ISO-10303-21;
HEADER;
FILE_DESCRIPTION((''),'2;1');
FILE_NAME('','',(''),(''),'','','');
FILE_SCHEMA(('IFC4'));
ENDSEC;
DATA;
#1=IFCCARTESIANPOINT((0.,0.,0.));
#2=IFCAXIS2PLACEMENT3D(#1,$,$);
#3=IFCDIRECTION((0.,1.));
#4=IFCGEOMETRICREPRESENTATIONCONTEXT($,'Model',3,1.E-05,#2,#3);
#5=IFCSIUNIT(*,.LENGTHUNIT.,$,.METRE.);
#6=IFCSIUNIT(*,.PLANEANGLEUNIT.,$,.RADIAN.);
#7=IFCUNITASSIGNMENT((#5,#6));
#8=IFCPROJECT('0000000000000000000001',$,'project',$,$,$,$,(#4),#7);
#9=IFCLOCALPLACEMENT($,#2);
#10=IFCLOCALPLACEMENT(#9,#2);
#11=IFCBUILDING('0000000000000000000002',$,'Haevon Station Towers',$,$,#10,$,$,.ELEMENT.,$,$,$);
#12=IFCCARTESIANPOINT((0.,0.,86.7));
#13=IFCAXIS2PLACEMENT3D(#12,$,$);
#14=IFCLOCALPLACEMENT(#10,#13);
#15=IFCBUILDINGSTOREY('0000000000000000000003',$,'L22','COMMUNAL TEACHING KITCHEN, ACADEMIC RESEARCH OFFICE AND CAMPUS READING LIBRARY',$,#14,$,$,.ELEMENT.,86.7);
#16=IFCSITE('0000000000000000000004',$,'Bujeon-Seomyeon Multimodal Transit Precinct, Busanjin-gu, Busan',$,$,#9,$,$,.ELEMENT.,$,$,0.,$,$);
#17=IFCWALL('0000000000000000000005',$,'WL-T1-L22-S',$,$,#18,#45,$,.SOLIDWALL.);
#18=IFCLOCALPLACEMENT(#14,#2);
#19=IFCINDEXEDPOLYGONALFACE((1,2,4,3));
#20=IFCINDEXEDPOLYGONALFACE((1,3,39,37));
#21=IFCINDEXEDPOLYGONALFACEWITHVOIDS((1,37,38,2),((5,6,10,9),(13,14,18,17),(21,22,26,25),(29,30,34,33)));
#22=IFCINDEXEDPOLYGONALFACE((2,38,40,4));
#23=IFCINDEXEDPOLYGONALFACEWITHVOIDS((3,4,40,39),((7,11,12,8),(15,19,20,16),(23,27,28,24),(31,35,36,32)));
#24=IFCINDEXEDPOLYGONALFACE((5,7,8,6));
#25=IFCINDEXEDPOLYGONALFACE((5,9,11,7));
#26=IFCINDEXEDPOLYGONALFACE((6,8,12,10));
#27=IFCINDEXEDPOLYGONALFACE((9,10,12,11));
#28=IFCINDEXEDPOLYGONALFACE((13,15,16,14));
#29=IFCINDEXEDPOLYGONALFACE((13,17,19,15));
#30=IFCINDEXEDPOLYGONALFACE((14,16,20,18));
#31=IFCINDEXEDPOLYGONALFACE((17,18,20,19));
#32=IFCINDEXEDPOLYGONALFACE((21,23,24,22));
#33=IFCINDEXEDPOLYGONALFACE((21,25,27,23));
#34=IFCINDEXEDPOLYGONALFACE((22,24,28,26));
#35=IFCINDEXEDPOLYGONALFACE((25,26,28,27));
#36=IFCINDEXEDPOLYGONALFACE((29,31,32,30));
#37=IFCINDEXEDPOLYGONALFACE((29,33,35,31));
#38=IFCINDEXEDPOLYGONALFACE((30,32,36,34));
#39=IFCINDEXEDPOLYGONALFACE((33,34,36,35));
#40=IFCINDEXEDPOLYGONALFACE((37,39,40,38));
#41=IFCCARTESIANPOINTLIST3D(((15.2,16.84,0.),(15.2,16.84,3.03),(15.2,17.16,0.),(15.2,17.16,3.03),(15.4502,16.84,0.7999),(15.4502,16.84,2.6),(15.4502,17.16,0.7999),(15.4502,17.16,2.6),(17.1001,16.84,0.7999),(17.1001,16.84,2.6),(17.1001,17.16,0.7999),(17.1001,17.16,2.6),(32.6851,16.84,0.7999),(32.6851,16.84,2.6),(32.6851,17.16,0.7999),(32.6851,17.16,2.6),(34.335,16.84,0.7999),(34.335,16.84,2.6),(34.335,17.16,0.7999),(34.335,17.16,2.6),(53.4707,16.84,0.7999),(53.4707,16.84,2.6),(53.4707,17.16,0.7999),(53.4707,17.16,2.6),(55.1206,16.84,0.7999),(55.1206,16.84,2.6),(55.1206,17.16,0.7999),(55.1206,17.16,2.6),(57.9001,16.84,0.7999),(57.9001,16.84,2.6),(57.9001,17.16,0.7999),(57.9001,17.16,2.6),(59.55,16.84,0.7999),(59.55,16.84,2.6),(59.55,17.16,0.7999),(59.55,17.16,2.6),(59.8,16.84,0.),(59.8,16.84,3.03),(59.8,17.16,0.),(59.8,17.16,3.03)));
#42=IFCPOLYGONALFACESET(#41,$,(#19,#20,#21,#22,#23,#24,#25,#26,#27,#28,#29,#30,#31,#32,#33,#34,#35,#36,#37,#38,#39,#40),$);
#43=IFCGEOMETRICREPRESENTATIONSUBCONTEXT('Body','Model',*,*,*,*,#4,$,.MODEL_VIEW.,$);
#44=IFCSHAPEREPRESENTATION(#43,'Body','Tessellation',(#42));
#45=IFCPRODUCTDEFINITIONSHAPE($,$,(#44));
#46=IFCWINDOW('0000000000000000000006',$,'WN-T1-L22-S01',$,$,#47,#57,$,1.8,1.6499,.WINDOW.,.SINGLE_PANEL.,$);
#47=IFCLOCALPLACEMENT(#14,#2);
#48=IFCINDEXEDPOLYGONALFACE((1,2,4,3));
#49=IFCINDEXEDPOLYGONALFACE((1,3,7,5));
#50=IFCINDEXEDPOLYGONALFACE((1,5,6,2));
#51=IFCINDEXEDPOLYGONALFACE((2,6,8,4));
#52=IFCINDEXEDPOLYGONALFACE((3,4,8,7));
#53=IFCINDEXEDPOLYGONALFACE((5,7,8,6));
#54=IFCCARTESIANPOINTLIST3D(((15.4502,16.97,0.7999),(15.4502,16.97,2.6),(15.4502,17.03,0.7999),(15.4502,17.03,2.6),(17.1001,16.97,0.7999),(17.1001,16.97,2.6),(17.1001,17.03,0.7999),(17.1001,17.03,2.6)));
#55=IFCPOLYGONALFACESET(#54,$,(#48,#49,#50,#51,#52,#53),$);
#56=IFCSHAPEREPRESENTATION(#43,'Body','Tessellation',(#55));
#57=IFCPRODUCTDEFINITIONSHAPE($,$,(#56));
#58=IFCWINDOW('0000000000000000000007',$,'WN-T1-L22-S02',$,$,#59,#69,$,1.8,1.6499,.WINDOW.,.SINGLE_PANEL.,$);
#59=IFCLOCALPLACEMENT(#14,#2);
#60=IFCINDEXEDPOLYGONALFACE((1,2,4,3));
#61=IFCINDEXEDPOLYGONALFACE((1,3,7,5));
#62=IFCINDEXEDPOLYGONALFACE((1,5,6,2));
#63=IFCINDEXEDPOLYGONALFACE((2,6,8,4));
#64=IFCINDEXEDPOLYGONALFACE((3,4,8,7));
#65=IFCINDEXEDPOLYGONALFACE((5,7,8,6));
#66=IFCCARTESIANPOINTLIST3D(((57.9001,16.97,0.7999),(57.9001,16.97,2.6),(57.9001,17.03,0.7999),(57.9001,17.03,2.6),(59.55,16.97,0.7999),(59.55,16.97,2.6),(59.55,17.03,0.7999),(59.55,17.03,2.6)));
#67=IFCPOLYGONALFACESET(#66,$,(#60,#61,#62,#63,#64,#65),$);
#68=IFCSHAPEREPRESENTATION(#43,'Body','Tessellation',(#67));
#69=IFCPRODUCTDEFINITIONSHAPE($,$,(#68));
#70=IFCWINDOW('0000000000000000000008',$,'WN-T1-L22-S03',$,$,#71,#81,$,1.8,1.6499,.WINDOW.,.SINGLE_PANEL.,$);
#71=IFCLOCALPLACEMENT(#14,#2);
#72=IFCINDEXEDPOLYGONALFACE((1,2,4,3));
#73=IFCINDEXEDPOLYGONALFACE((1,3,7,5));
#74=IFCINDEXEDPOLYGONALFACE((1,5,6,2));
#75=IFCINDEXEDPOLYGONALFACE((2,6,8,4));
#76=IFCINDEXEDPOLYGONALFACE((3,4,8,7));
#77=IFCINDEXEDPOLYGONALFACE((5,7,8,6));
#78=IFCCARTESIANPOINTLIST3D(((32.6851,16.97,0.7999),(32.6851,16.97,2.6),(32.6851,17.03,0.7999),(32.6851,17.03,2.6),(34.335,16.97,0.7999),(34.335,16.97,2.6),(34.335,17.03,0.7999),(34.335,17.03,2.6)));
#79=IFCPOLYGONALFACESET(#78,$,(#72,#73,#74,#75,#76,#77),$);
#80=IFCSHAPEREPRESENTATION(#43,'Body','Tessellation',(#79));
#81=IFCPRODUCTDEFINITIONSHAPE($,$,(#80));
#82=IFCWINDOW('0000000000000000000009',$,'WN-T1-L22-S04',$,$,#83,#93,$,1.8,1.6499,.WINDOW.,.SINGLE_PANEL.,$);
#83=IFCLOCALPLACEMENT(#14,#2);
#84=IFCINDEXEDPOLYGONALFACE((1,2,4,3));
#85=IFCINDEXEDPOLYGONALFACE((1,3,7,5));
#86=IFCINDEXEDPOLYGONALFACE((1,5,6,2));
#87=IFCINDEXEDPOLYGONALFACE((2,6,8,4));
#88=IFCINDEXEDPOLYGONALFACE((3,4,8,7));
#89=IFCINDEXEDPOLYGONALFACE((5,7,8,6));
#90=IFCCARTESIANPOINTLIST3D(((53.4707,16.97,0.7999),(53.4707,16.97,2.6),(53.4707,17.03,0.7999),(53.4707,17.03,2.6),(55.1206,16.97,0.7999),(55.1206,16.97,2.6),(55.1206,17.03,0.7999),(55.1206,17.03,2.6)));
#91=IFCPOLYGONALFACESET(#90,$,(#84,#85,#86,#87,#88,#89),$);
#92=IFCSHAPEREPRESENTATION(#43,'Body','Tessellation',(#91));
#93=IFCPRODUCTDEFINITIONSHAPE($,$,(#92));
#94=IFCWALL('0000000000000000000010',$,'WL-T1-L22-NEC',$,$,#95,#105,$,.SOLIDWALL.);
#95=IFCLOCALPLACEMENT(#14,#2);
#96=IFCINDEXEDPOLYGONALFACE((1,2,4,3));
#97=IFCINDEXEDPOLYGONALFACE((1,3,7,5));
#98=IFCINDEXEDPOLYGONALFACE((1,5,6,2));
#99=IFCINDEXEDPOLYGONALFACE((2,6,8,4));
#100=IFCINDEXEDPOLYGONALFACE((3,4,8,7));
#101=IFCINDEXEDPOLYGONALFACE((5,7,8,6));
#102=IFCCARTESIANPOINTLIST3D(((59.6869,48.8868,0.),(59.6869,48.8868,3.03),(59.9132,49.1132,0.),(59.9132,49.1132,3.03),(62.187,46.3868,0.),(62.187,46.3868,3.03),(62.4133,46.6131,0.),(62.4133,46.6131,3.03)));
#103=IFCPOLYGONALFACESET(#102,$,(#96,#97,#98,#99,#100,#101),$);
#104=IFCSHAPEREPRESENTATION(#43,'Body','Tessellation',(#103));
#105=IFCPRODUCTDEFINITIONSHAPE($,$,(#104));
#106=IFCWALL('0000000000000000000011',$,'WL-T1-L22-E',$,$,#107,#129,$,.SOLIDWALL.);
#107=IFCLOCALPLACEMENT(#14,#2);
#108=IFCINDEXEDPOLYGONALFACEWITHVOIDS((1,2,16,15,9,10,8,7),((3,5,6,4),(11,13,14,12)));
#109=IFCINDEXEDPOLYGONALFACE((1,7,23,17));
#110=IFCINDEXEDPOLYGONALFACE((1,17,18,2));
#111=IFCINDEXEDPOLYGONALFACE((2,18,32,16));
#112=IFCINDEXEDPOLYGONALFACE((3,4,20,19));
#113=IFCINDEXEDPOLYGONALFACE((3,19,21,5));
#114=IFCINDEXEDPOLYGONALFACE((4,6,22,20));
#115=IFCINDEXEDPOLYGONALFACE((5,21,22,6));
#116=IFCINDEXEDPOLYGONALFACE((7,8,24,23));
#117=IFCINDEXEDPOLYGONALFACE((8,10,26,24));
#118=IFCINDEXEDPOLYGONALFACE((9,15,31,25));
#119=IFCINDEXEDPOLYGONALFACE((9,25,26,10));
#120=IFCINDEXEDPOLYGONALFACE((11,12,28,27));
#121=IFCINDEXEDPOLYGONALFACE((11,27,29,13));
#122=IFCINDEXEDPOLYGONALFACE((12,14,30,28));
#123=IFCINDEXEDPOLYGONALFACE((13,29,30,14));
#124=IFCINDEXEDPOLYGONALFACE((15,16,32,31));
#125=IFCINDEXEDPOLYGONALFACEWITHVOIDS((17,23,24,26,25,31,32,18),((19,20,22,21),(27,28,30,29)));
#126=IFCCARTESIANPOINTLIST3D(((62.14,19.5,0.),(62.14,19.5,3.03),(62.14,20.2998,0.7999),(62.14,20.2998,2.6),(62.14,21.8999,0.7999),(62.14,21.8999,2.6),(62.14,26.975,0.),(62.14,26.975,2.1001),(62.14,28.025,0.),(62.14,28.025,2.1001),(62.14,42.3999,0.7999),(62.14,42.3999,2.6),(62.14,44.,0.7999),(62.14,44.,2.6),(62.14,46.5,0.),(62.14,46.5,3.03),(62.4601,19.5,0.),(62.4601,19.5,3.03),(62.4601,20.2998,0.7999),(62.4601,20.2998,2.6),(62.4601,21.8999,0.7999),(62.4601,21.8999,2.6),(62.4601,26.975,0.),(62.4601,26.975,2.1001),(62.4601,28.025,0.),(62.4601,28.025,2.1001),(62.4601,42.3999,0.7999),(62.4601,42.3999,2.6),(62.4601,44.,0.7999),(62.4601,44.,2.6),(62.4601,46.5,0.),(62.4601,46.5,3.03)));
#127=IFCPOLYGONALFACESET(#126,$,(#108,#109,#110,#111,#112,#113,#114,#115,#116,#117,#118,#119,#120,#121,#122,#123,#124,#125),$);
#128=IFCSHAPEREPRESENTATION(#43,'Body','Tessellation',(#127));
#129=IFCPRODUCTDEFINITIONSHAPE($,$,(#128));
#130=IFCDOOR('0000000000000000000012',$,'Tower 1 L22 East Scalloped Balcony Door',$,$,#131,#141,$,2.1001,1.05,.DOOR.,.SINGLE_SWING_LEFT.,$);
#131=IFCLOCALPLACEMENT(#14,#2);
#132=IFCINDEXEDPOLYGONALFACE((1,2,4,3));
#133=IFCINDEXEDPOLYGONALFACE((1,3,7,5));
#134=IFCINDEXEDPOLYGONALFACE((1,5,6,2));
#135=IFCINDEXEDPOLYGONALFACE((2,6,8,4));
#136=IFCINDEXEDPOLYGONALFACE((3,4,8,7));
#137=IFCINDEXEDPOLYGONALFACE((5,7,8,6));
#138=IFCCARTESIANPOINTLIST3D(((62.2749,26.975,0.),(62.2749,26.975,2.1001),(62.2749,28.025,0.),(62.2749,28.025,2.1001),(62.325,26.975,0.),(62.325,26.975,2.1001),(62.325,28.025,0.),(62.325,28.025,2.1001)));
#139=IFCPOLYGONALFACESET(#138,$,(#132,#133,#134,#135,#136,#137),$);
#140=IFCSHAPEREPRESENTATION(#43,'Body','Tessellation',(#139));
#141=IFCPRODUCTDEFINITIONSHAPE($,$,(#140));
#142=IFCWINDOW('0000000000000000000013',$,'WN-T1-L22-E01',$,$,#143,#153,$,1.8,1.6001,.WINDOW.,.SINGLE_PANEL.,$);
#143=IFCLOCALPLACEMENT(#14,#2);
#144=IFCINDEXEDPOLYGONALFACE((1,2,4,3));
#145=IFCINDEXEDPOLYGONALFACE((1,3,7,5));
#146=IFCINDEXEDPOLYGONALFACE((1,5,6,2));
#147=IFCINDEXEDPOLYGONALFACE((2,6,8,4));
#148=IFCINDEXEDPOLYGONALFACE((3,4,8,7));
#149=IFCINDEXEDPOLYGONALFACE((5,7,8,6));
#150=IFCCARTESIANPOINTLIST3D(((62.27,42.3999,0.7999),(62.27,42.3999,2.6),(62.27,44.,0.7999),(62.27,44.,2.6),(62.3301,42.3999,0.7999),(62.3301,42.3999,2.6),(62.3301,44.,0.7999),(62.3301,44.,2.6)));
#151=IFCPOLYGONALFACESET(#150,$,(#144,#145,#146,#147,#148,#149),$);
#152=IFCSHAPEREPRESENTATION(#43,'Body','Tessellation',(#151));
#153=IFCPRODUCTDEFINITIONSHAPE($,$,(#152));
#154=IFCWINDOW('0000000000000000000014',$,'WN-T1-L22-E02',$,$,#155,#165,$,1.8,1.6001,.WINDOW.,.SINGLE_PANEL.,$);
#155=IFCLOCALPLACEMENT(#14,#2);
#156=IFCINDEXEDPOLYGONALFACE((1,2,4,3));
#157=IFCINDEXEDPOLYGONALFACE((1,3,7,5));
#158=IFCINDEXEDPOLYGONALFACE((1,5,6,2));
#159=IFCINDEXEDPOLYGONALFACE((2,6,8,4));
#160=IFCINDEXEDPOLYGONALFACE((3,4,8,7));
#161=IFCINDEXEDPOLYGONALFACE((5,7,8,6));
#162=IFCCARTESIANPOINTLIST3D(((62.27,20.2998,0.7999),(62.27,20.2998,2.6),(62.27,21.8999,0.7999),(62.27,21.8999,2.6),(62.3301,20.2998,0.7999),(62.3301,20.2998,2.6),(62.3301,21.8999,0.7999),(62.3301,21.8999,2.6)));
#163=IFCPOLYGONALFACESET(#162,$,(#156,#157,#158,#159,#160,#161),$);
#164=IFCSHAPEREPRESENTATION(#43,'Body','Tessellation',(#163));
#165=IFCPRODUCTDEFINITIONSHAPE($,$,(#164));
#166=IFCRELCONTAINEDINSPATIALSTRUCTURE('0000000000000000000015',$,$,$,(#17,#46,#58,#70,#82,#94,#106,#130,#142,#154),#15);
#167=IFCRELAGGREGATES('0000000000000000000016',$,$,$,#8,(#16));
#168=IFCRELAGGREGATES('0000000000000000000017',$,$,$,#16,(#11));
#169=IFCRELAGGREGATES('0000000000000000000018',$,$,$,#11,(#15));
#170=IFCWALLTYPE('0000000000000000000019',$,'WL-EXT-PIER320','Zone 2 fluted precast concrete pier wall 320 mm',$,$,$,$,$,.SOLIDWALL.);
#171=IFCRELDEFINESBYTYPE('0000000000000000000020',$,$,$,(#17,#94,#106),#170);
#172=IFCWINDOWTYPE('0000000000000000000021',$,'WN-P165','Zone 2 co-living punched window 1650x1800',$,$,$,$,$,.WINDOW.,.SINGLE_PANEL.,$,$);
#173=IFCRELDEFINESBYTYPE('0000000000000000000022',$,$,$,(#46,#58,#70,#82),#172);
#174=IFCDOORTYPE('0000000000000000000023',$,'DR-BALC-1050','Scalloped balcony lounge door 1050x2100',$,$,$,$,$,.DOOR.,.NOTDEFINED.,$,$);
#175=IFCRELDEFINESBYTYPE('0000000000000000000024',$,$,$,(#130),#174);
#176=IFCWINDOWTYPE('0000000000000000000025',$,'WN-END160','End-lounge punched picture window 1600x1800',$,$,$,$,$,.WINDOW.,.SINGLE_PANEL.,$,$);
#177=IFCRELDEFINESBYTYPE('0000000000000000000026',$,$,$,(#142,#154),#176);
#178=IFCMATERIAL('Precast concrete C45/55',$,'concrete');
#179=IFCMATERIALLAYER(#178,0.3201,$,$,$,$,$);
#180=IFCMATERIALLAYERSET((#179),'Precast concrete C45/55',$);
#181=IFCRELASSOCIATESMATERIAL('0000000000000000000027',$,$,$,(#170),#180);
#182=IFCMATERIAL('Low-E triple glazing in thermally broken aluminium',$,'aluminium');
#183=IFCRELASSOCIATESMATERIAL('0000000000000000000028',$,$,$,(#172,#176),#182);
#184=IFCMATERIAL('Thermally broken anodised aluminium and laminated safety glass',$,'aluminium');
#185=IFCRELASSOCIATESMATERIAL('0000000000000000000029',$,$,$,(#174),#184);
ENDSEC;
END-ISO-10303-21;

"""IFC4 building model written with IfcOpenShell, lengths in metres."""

from ifc_helpers import new_model, si_unit, direction, frame, frame_2d, origin, place, context, subcontext, project, spatial, rectangle, extrude, material, layer, layer_set, type_object, element, fill, save


model = new_model("IFC4")

# Units and contexts
model_context = context("Model", 3, precision=1e-05, world=origin(), true_north=direction((0.0, 1.0)))
body_context = subcontext(model_context, "Body", "Model", "MODEL_VIEW")
ifc_project = project(units=[si_unit("LENGTHUNIT", "METRE"), si_unit("PLANEANGLEUNIT", "RADIAN")], contexts=[model_context])

# Site, building, storey
site_placement = place(None, origin())
site = spatial("IfcSite", under=ifc_project, at=site_placement, Name="Bujeon-Seomyeon Multimodal Transit Precinct, Busanjin-gu, Busan", CompositionType="ELEMENT", RefElevation=0.0)
building_placement = place(site_placement, origin())
building = spatial("IfcBuilding", under=site, at=building_placement, Name="Haevon Station Towers", CompositionType="ELEMENT")
storey_placement = place(building_placement, frame((0.0, 0.0, 86.7)))
storey = spatial("IfcBuildingStorey", under=building, at=storey_placement, Name="L22", Description="COMMUNAL TEACHING KITCHEN, ACADEMIC RESEARCH OFFICE AND CAMPUS READING LIBRARY", CompositionType="ELEMENT", Elevation=86.7)

# Wall, openings, windows
ifc_material_1 = material(Name="Precast concrete C45/55", Category="concrete")
ifc_layer_1 = layer(ifc_material_1, 0.3201)
ifc_layer_set_1 = layer_set([ifc_layer_1], Name="Precast concrete C45/55")
wall_type_1 = type_object("IfcWallType", Name="WL-EXT-PIER320", Description="Zone 2 fluted precast concrete pier wall 320 mm", PredefinedType="SOLIDWALL", material=ifc_layer_set_1)
wall_1_placement = place(storey_placement, frame((59.8, 17.0, 0.0), z_axis=(0.0, 0.0, 1.0), x_axis=(-1.0, 0.0, 0.0)))
wall_1 = element("IfcWall", 1, at=wall_1_placement, inside=storey, type_object=wall_type_1, Name="WL-T1-L22-S", PredefinedType="SOLIDWALL", context=body_context, shape_type="SweptSolid", body=[
    extrude(rectangle(XDim=44.6001, YDim=0.3201, at=frame_2d((22.3, 0.0))), origin(), (0.0, 0.0, 1.0), 3.03),
])
opening_1_placement = place(wall_1_placement, frame((42.7, 0.0, 0.8)))
opening_1 = element("IfcOpeningElement", 2, at=opening_1_placement, cuts=wall_1, PredefinedType="OPENING", context=body_context, shape_type="SweptSolid", body=[
    extrude(rectangle(XDim=1.6499, YDim=1.8, at=frame_2d((0.825, 0.8999))), frame((0.0, 0.1699, 0.0), z_axis=(0.0, -1.0, 0.0), x_axis=(1.0, 0.0, 0.0)), (0.0, 0.0, 1.0), 0.3401),
])
opening_2_placement = place(wall_1_placement, frame((0.25, 0.0, 0.8)))
opening_2 = element("IfcOpeningElement", 3, at=opening_2_placement, cuts=wall_1, PredefinedType="OPENING", context=body_context, shape_type="SweptSolid", body=[
    extrude(rectangle(XDim=1.6499, YDim=1.8, at=frame_2d((0.825, 0.8999))), frame((0.0, 0.1699, 0.0), z_axis=(0.0, -1.0, 0.0), x_axis=(1.0, 0.0, 0.0)), (0.0, 0.0, 1.0), 0.3401),
])
opening_3_placement = place(wall_1_placement, frame((25.4651, 0.0, 0.8)))
opening_3 = element("IfcOpeningElement", 4, at=opening_3_placement, cuts=wall_1, PredefinedType="OPENING", context=body_context, shape_type="SweptSolid", body=[
    extrude(rectangle(XDim=1.6499, YDim=1.8, at=frame_2d((0.825, 0.8999))), frame((0.0, 0.1699, 0.0), z_axis=(0.0, -1.0, 0.0), x_axis=(1.0, 0.0, 0.0)), (0.0, 0.0, 1.0), 0.3401),
])
opening_4_placement = place(wall_1_placement, frame((4.6794, 0.0, 0.8)))
opening_4 = element("IfcOpeningElement", 5, at=opening_4_placement, cuts=wall_1, PredefinedType="OPENING", context=body_context, shape_type="SweptSolid", body=[
    extrude(rectangle(XDim=1.6499, YDim=1.8, at=frame_2d((0.825, 0.8999))), frame((0.0, 0.1699, 0.0), z_axis=(0.0, -1.0, 0.0), x_axis=(1.0, 0.0, 0.0)), (0.0, 0.0, 1.0), 0.3401),
])
ifc_material_2 = material(Name="Low-E triple glazing in thermally broken aluminium", Category="aluminium")
window_type_1 = type_object("IfcWindowType", Name="WN-P165", Description="Zone 2 co-living punched window 1650x1800", PartitioningType="SINGLE_PANEL", PredefinedType="WINDOW", material=ifc_material_2)
window_1_placement = place(opening_1_placement, origin())
window_1 = element("IfcWindow", 6, at=window_1_placement, inside=storey, type_object=window_type_1, Name="WN-T1-L22-S01", OverallHeight=1.8, OverallWidth=1.6499, PartitioningType="SINGLE_PANEL", PredefinedType="WINDOW", context=body_context, shape_type="SweptSolid", body=[
    extrude(rectangle(XDim=1.6499, YDim=1.8, at=frame_2d((0.825, 0.8999))), frame((0.0, 0.03, 0.0), z_axis=(0.0, -1.0, 0.0), x_axis=(1.0, 0.0, 0.0)), (0.0, 0.0, 1.0), 0.0601),
])
fill(opening_1, window_1)
window_2_placement = place(opening_2_placement, origin())
window_2 = element("IfcWindow", 7, at=window_2_placement, inside=storey, type_object=window_type_1, Name="WN-T1-L22-S02", OverallHeight=1.8, OverallWidth=1.6499, PartitioningType="SINGLE_PANEL", PredefinedType="WINDOW", context=body_context, shape_type="SweptSolid", body=[
    extrude(rectangle(XDim=1.6499, YDim=1.8, at=frame_2d((0.825, 0.8999))), frame((0.0, 0.03, 0.0), z_axis=(0.0, -1.0, 0.0), x_axis=(1.0, 0.0, 0.0)), (0.0, 0.0, 1.0), 0.0601),
])
fill(opening_2, window_2)
window_3_placement = place(opening_3_placement, origin())
window_3 = element("IfcWindow", 8, at=window_3_placement, inside=storey, type_object=window_type_1, Name="WN-T1-L22-S03", OverallHeight=1.8, OverallWidth=1.6499, PartitioningType="SINGLE_PANEL", PredefinedType="WINDOW", context=body_context, shape_type="SweptSolid", body=[
    extrude(rectangle(XDim=1.6499, YDim=1.8, at=frame_2d((0.825, 0.8999))), frame((0.0, 0.03, 0.0), z_axis=(0.0, -1.0, 0.0), x_axis=(1.0, 0.0, 0.0)), (0.0, 0.0, 1.0), 0.0601),
])
fill(opening_3, window_3)
window_4_placement = place(opening_4_placement, origin())
window_4 = element("IfcWindow", 9, at=window_4_placement, inside=storey, type_object=window_type_1, Name="WN-T1-L22-S04", OverallHeight=1.8, OverallWidth=1.6499, PartitioningType="SINGLE_PANEL", PredefinedType="WINDOW", context=body_context, shape_type="SweptSolid", body=[
    extrude(rectangle(XDim=1.6499, YDim=1.8, at=frame_2d((0.825, 0.8999))), frame((0.0, 0.03, 0.0), z_axis=(0.0, -1.0, 0.0), x_axis=(1.0, 0.0, 0.0)), (0.0, 0.0, 1.0), 0.0601),
])
fill(opening_4, window_4)

# Wall
wall_2_placement = place(storey_placement, frame((59.8, 49.0, 0.0), z_axis=(0.0, 0.0, 1.0), x_axis=(0.707107, -0.707107, 0.0)))
element("IfcWall", 10, at=wall_2_placement, inside=storey, type_object=wall_type_1, Name="WL-T1-L22-NEC", PredefinedType="SOLIDWALL", context=body_context, shape_type="SweptSolid", body=[
    extrude(rectangle(XDim=3.5356, YDim=0.3201, at=frame_2d((1.7678, 0.0))), origin(), (0.0, 0.0, 1.0), 3.03),
])

# Wall, openings, door, windows
wall_3_placement = place(storey_placement, frame((62.3, 46.5, 0.0), z_axis=(0.0, 0.0, 1.0), x_axis=(0.0, -1.0, 0.0)))
wall_3 = element("IfcWall", 11, at=wall_3_placement, inside=storey, type_object=wall_type_1, Name="WL-T1-L22-E", PredefinedType="SOLIDWALL", context=body_context, shape_type="SweptSolid", body=[
    extrude(rectangle(XDim=27.0, YDim=0.3201, at=frame_2d((13.5, 0.0))), origin(), (0.0, 0.0, 1.0), 3.03),
])
opening_5_placement = place(wall_3_placement, frame((18.4751, 0.0, 0.0)))
opening_5 = element("IfcOpeningElement", 12, at=opening_5_placement, cuts=wall_3, PredefinedType="OPENING", context=body_context, shape_type="SweptSolid", body=[
    extrude(rectangle(XDim=1.05, YDim=2.1001, at=frame_2d((0.5249, 1.05))), frame((0.0, 0.1699, 0.0), z_axis=(0.0, -1.0, 0.0), x_axis=(1.0, 0.0, 0.0)), (0.0, 0.0, 1.0), 0.3401),
])
opening_6_placement = place(wall_3_placement, frame((2.5, 0.0, 0.8)))
opening_6 = element("IfcOpeningElement", 13, at=opening_6_placement, cuts=wall_3, PredefinedType="OPENING", context=body_context, shape_type="SweptSolid", body=[
    extrude(rectangle(XDim=1.6001, YDim=1.8, at=frame_2d((0.8, 0.8999))), frame((0.0, 0.1699, 0.0), z_axis=(0.0, -1.0, 0.0), x_axis=(1.0, 0.0, 0.0)), (0.0, 0.0, 1.0), 0.3401),
])
opening_7_placement = place(wall_3_placement, frame((24.6001, 0.0, 0.8)))
opening_7 = element("IfcOpeningElement", 14, at=opening_7_placement, cuts=wall_3, PredefinedType="OPENING", context=body_context, shape_type="SweptSolid", body=[
    extrude(rectangle(XDim=1.6001, YDim=1.8, at=frame_2d((0.8, 0.8999))), frame((0.0, 0.1699, 0.0), z_axis=(0.0, -1.0, 0.0), x_axis=(1.0, 0.0, 0.0)), (0.0, 0.0, 1.0), 0.3401),
])
ifc_material_3 = material(Name="Thermally broken anodised aluminium and laminated safety glass", Category="aluminium")
door_type_1 = type_object("IfcDoorType", Name="DR-BALC-1050", Description="Scalloped balcony lounge door 1050x2100", OperationType="NOTDEFINED", PredefinedType="DOOR", material=ifc_material_3)
door_1_placement = place(opening_5_placement, origin())
door_1 = element("IfcDoor", 15, at=door_1_placement, inside=storey, type_object=door_type_1, Name="Tower 1 L22 East Scalloped Balcony Door", OperationType="SINGLE_SWING_LEFT", OverallHeight=2.1001, OverallWidth=1.05, PredefinedType="DOOR", context=body_context, shape_type="SweptSolid", body=[
    extrude(rectangle(XDim=1.05, YDim=2.1001, at=frame_2d((0.5249, 1.05))), frame((0.0, 0.0249, 0.0), z_axis=(0.0, -1.0, 0.0), x_axis=(1.0, 0.0, 0.0)), (0.0, 0.0, 1.0), 0.05),
])
fill(opening_5, door_1)
window_type_2 = type_object("IfcWindowType", Name="WN-END160", Description="End-lounge punched picture window 1600x1800", PartitioningType="SINGLE_PANEL", PredefinedType="WINDOW", material=ifc_material_2)
window_5_placement = place(opening_6_placement, origin())
window_5 = element("IfcWindow", 16, at=window_5_placement, inside=storey, type_object=window_type_2, Name="WN-T1-L22-E01", OverallHeight=1.8, OverallWidth=1.6001, PartitioningType="SINGLE_PANEL", PredefinedType="WINDOW", context=body_context, shape_type="SweptSolid", body=[
    extrude(rectangle(XDim=1.6001, YDim=1.8, at=frame_2d((0.8, 0.8999))), frame((0.0, 0.03, 0.0), z_axis=(0.0, -1.0, 0.0), x_axis=(1.0, 0.0, 0.0)), (0.0, 0.0, 1.0), 0.0601),
])
fill(opening_6, window_5)
window_6_placement = place(opening_7_placement, origin())
window_6 = element("IfcWindow", 17, at=window_6_placement, inside=storey, type_object=window_type_2, Name="WN-T1-L22-E02", OverallHeight=1.8, OverallWidth=1.6001, PartitioningType="SINGLE_PANEL", PredefinedType="WINDOW", context=body_context, shape_type="SweptSolid", body=[
    extrude(rectangle(XDim=1.6001, YDim=1.8, at=frame_2d((0.8, 0.8999))), frame((0.0, 0.03, 0.0), z_axis=(0.0, -1.0, 0.0), x_axis=(1.0, 0.0, 0.0)), (0.0, 0.0, 1.0), 0.0601),
])
fill(opening_7, window_6)

save(model, "model.ifc")
